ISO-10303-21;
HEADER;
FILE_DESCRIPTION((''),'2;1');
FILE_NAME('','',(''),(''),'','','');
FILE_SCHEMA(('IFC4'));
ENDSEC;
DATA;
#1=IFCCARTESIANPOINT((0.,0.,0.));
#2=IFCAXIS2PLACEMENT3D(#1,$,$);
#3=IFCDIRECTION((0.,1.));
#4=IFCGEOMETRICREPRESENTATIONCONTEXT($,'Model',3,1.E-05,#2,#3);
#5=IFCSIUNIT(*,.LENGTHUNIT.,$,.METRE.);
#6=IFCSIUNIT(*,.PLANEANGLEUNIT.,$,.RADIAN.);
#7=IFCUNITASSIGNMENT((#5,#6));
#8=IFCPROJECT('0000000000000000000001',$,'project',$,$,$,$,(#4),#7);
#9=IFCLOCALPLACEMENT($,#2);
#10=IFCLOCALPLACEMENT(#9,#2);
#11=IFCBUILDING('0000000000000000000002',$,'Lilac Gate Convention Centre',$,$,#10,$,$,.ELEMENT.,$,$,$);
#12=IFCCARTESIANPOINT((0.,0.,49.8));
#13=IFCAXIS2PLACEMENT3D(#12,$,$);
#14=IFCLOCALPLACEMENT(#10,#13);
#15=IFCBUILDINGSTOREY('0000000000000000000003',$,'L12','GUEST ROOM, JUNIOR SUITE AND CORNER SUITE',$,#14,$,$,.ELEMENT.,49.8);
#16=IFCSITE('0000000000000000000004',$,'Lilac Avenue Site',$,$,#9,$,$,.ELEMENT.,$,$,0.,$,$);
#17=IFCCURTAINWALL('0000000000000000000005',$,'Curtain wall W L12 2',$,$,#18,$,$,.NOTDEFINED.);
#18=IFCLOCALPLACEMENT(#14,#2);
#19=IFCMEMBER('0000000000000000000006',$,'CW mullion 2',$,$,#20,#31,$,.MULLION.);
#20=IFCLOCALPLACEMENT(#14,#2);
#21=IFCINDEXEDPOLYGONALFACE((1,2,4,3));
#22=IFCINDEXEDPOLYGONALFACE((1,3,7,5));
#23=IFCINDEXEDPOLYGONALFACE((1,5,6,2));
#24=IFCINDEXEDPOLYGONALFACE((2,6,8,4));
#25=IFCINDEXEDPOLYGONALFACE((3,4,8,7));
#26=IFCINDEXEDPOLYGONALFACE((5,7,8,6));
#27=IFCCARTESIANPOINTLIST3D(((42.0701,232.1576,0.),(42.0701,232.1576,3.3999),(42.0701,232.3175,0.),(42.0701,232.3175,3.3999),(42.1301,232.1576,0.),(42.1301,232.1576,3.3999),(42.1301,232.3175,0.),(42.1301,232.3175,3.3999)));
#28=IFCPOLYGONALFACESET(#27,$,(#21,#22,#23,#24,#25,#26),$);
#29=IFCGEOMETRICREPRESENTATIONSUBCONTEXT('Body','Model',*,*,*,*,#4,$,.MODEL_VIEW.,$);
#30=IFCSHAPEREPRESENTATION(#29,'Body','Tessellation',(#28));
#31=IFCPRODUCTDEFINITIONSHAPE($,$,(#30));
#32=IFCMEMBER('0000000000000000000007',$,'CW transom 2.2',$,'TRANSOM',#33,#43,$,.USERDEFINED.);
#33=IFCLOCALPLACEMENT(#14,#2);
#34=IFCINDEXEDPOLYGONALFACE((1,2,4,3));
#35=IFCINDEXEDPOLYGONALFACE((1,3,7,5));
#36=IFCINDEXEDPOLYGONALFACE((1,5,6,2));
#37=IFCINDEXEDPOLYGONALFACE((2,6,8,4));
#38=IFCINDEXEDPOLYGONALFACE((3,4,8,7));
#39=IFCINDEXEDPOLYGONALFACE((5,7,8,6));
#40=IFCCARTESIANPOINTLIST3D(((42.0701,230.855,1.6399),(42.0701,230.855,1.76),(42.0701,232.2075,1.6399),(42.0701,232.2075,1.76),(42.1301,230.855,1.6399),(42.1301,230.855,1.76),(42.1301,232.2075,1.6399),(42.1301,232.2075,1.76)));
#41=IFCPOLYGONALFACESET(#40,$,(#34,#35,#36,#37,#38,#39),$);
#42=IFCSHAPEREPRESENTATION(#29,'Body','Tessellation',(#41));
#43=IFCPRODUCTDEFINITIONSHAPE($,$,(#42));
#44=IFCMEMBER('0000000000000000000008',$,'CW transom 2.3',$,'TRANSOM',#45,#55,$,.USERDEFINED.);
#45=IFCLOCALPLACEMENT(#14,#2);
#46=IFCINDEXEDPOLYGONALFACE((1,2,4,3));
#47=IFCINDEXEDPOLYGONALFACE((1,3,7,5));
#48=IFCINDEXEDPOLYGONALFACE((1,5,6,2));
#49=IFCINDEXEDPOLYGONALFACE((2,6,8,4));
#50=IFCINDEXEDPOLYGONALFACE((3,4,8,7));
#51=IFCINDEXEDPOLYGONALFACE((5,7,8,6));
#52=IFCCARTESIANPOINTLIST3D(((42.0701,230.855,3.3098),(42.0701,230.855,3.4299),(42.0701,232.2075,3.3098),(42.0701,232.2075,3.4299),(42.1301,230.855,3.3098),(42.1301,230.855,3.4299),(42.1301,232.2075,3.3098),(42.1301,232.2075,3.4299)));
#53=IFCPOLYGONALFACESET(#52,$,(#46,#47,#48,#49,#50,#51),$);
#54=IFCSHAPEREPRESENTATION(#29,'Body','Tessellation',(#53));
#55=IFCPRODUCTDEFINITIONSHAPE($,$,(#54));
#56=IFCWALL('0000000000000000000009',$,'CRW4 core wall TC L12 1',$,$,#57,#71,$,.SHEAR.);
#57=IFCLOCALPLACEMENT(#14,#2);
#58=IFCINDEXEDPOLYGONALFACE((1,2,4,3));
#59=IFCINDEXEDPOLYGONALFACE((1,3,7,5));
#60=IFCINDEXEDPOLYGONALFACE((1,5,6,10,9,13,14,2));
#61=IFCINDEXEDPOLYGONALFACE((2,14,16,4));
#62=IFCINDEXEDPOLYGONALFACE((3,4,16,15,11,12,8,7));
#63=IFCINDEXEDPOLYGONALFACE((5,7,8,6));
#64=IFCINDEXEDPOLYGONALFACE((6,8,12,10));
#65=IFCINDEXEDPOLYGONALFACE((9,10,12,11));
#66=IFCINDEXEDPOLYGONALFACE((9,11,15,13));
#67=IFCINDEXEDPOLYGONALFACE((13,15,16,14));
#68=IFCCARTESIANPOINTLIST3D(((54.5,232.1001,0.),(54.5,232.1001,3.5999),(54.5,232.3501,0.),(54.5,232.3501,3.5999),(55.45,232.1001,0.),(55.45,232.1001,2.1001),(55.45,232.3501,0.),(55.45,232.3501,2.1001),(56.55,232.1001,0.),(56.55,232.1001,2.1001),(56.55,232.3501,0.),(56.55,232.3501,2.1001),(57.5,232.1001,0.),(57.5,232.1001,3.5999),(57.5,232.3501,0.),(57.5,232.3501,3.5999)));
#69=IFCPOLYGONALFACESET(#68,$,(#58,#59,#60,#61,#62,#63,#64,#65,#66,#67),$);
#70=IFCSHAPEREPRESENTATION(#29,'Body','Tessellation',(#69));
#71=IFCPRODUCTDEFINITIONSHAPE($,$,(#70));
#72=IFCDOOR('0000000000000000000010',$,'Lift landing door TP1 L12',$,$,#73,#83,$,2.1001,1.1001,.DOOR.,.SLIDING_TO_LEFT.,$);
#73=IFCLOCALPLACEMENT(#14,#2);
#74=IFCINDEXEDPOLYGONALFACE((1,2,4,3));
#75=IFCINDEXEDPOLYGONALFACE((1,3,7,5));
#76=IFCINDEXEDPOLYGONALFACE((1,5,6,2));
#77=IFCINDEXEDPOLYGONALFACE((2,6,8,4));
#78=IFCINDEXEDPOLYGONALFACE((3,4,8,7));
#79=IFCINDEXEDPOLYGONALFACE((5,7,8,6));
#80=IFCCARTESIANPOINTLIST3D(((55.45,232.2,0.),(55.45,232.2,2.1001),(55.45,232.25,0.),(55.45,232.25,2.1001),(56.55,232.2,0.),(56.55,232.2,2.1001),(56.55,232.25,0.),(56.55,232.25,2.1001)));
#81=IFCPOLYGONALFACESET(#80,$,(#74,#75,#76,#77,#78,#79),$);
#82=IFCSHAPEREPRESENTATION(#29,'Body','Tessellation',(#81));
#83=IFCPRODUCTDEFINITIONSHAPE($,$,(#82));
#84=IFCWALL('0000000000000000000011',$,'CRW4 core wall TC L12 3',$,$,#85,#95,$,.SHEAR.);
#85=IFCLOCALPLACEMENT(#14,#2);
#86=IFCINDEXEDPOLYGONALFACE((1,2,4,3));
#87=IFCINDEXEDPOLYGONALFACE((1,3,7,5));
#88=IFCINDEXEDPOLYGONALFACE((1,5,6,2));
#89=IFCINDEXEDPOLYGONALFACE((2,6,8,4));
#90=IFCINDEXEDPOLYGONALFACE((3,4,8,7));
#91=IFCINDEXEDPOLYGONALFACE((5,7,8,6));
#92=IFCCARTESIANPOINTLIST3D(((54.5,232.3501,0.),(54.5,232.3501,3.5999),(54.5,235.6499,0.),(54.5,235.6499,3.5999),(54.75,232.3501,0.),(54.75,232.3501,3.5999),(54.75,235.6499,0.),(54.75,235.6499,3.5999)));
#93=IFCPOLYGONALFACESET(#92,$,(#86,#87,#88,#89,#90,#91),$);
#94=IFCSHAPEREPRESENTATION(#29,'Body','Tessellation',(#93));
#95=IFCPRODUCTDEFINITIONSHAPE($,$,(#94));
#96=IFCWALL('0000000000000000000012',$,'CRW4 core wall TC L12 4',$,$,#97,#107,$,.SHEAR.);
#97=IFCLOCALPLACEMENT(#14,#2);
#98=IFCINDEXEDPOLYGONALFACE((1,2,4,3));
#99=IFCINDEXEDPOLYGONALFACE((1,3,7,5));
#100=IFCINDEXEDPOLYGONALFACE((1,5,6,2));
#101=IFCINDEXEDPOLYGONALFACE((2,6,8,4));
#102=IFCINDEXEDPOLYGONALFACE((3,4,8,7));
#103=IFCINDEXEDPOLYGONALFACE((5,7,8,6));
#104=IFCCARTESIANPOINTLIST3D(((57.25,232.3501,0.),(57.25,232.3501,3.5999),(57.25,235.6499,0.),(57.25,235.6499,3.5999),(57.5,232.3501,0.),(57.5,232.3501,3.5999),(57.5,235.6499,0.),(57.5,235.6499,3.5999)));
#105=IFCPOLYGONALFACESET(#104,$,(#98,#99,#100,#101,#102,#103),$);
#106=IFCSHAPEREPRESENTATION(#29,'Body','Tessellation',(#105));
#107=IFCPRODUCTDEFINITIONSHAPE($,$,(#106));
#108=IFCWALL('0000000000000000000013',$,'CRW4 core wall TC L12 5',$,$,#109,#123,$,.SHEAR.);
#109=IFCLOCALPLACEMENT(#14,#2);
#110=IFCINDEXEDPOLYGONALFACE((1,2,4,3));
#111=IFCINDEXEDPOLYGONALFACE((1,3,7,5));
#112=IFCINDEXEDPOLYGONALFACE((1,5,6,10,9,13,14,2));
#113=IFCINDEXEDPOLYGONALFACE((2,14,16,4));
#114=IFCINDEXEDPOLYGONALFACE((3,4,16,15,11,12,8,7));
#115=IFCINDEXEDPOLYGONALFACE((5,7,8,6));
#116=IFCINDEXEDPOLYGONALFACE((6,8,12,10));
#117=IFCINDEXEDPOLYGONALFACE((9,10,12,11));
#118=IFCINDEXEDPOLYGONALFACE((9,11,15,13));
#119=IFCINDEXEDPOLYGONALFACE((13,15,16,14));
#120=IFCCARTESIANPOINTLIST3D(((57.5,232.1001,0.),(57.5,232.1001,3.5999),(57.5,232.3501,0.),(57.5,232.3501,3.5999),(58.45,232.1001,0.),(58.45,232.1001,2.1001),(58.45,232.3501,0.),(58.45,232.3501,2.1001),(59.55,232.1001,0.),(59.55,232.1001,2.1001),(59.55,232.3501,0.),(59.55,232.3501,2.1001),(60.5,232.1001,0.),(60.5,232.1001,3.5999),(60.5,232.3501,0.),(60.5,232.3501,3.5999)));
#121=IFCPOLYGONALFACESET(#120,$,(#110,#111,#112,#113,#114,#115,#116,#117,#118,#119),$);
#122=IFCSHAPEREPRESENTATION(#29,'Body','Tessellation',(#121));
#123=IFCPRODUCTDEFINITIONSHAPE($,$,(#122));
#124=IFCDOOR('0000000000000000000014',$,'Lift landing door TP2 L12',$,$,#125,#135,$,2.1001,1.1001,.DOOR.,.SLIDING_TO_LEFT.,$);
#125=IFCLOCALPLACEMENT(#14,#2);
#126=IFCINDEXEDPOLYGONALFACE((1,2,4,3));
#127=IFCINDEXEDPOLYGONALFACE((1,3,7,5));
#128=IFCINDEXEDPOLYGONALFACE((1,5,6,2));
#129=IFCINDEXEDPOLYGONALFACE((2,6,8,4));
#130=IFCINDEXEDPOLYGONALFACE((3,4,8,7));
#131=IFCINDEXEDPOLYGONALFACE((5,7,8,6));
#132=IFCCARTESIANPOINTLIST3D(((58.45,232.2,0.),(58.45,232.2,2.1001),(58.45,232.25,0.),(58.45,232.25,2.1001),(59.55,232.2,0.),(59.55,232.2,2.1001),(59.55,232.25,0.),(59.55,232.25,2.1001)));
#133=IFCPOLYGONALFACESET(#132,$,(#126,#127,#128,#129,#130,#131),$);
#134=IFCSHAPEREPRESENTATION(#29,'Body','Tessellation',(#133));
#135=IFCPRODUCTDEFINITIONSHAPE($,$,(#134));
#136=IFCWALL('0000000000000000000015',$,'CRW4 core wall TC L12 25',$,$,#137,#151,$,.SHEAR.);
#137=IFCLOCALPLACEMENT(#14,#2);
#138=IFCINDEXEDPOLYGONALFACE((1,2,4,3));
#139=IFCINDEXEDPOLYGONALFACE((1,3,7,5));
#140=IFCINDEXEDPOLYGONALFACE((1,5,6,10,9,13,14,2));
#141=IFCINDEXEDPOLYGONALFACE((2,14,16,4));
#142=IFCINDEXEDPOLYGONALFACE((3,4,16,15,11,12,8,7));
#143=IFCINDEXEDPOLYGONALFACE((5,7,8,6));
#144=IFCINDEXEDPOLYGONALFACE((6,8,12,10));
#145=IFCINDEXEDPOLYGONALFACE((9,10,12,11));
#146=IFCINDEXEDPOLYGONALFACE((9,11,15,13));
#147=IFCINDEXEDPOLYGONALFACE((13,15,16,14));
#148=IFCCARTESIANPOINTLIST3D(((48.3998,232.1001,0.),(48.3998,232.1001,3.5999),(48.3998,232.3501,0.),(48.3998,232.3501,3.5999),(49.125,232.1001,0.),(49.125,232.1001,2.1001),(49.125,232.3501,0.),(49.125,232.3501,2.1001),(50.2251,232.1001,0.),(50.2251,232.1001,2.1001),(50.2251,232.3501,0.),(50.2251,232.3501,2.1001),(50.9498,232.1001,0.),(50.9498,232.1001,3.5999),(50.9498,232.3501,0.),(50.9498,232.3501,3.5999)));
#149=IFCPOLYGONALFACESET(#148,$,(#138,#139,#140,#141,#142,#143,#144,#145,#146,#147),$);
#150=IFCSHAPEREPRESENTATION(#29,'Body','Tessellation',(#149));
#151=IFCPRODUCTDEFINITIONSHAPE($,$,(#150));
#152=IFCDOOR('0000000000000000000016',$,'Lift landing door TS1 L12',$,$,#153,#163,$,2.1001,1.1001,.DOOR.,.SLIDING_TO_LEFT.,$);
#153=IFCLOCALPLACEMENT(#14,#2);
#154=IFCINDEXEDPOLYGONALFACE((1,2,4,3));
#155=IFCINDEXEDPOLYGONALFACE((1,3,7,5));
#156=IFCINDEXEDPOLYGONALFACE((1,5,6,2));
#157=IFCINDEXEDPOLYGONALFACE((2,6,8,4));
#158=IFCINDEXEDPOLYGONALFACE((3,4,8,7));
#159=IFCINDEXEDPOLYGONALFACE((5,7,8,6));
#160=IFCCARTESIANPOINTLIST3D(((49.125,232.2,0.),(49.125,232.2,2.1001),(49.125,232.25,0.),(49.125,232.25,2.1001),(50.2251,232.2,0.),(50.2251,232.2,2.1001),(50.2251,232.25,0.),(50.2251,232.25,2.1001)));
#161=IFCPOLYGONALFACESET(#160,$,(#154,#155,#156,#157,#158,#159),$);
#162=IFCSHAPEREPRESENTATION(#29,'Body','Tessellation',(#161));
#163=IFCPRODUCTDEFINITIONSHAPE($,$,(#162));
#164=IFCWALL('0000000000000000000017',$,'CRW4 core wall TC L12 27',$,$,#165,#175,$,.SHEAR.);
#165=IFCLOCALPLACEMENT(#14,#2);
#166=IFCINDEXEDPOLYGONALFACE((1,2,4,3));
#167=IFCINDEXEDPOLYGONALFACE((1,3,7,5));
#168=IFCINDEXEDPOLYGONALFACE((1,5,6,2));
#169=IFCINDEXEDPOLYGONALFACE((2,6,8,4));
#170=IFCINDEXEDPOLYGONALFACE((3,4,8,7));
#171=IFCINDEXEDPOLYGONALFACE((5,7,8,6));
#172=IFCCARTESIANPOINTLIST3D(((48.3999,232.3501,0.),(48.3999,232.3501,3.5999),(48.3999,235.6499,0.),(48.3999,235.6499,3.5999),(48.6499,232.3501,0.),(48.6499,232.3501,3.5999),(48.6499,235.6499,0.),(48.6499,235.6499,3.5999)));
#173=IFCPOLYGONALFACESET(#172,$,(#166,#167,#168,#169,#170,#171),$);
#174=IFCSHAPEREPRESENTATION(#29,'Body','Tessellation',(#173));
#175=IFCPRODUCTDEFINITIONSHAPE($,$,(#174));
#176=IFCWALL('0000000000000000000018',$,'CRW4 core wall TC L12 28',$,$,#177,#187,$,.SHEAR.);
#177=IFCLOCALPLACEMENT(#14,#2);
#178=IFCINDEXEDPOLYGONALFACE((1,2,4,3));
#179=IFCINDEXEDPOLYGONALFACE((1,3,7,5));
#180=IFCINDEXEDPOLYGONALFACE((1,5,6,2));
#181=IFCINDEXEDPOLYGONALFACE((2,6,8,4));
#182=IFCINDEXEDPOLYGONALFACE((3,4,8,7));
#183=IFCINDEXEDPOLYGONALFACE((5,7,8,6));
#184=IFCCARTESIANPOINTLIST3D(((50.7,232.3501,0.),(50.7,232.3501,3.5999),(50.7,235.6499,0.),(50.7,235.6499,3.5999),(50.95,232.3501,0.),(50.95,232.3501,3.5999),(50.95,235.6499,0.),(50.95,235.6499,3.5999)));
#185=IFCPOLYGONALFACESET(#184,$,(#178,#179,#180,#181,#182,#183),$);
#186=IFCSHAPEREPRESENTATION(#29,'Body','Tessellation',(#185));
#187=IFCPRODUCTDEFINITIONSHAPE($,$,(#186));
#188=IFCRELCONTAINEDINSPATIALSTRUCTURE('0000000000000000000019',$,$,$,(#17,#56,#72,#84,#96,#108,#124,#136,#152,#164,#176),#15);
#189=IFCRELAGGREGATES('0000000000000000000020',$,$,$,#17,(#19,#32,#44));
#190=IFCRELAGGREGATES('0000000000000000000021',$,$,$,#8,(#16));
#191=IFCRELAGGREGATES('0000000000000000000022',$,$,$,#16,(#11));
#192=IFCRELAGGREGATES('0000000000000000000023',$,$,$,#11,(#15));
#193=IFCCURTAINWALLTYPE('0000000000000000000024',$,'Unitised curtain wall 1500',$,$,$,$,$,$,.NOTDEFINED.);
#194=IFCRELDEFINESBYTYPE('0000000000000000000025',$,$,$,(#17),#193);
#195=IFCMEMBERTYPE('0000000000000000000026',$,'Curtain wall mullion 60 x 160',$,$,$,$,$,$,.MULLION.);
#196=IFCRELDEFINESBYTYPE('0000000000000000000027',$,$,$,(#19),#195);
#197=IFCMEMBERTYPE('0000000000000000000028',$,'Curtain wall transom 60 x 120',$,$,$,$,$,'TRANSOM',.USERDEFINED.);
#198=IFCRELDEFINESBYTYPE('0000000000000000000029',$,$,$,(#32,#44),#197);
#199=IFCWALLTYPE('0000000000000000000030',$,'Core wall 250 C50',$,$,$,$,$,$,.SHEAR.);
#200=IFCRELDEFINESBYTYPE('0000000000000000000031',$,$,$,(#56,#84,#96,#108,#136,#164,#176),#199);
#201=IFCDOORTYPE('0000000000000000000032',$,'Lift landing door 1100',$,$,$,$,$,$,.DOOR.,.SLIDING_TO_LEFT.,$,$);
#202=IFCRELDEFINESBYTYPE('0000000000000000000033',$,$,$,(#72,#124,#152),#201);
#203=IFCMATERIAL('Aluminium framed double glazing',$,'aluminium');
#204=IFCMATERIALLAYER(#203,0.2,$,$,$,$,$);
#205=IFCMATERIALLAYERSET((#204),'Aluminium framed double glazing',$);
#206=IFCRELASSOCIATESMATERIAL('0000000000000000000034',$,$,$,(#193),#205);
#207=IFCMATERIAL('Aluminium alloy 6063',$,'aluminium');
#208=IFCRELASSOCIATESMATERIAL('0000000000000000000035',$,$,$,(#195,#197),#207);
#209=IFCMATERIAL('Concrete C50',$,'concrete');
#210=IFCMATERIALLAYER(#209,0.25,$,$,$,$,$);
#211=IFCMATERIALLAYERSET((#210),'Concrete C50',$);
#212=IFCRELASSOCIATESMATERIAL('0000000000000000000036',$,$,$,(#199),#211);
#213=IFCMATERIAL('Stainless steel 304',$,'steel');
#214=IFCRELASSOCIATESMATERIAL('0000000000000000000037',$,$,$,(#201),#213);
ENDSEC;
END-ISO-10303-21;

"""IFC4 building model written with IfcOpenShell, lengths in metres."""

from ifc_helpers import new_model, si_unit, direction, frame, frame_2d, origin, origin_2d, place, context, subcontext, project, spatial, rectangle, extrude, material, layer, layer_set, material_profile, profile_set, type_object, element, fill, aggregate, save


model = new_model("IFC4")

# Units and contexts
model_context = context("Model", 3, precision=1e-05, world=origin(), true_north=direction((0.0, 1.0)))
body_context = subcontext(model_context, "Body", "Model", "MODEL_VIEW")
ifc_project = project(units=[si_unit("LENGTHUNIT", "METRE"), si_unit("PLANEANGLEUNIT", "RADIAN")], contexts=[model_context])

# Site, building, storey
site_placement = place(None, origin())
site = spatial("IfcSite", under=ifc_project, at=site_placement, Name="Lilac Avenue Site", CompositionType="ELEMENT", RefElevation=0.0)
building_placement = place(site_placement, origin())
building = spatial("IfcBuilding", under=site, at=building_placement, Name="Lilac Gate Convention Centre", CompositionType="ELEMENT")
storey_placement = place(building_placement, frame((0.0, 0.0, 49.8)))
storey = spatial("IfcBuildingStorey", under=building, at=storey_placement, Name="L12", Description="GUEST ROOM, JUNIOR SUITE AND CORNER SUITE", CompositionType="ELEMENT", Elevation=49.8)

# Curtain wall, members
ifc_material_1 = material(Name="Aluminium framed double glazing", Category="aluminium")
ifc_layer_1 = layer(ifc_material_1, 0.2)
ifc_layer_set_1 = layer_set([ifc_layer_1], Name="Aluminium framed double glazing")
curtain_wall_type = type_object("IfcCurtainWallType", Name="Unitised curtain wall 1500", PredefinedType="NOTDEFINED", material=ifc_layer_set_1)
curtain_wall_placement = place(storey_placement, origin())
curtain_wall = element("IfcCurtainWall", 1, at=curtain_wall_placement, inside=storey, type_object=curtain_wall_type, Name="Curtain wall W L12 2", PredefinedType="NOTDEFINED")
ifc_material_2 = material(Name="Aluminium alloy 6063", Category="aluminium")
ifc_material_profile_1 = material_profile(ifc_material_2, rectangle(XDim=0.0601, YDim=0.1599, at=origin_2d()), Name="Curtain wall mullion 60 x 160")
ifc_profile_set_1 = profile_set([ifc_material_profile_1], Name="Aluminium alloy 6063")
member_type_1 = type_object("IfcMemberType", Name="Curtain wall mullion 60 x 160", PredefinedType="MULLION", material=ifc_profile_set_1)
member_1_placement = place(storey_placement, frame((42.1001, 232.2375, 0.0), z_axis=(0.0, 0.0, 1.0), x_axis=(1.0, 0.0, 0.0)))
member_1 = element("IfcMember", 2, at=member_1_placement, type_object=member_type_1, Name="CW mullion 2", PredefinedType="MULLION", context=body_context, shape_type="SweptSolid", body=[
    extrude(rectangle(XDim=0.0601, YDim=0.1599, at=origin_2d()), origin(), (0.0, 0.0, 1.0), 3.3999),
])
ifc_material_profile_2 = material_profile(ifc_material_2, rectangle(XDim=0.0601, YDim=0.1201, at=origin_2d()), Name="Curtain wall transom 60 x 120")
ifc_profile_set_2 = profile_set([ifc_material_profile_2], Name="Aluminium alloy 6063")
member_type_2 = type_object("IfcMemberType", Name="Curtain wall transom 60 x 120", ElementType="TRANSOM", PredefinedType="USERDEFINED", material=ifc_profile_set_2)
member_2_placement = place(storey_placement, frame((42.1001, 232.2075, 1.7), z_axis=(0.0, -1.0, 0.0), x_axis=(1.0, 0.0, 0.0)))
member_2 = element("IfcMember", 3, at=member_2_placement, type_object=member_type_2, Name="CW transom 2.2", ObjectType="TRANSOM", PredefinedType="USERDEFINED", context=body_context, shape_type="SweptSolid", body=[
    extrude(rectangle(XDim=0.0601, YDim=0.1201, at=origin_2d()), origin(), (0.0, 0.0, 1.0), 1.3525),
])
member_3_placement = place(storey_placement, frame((42.1001, 232.2075, 3.3699), z_axis=(0.0, -1.0, 0.0), x_axis=(1.0, 0.0, 0.0)))
member_3 = element("IfcMember", 4, at=member_3_placement, type_object=member_type_2, Name="CW transom 2.3", ObjectType="TRANSOM", PredefinedType="USERDEFINED", context=body_context, shape_type="SweptSolid", body=[
    extrude(rectangle(XDim=0.0601, YDim=0.1201, at=origin_2d()), origin(), (0.0, 0.0, 1.0), 1.3525),
])
aggregate(curtain_wall, [member_1, member_2, member_3])

# Wall, opening, door
ifc_material_3 = material(Name="Concrete C50", Category="concrete")
ifc_layer_2 = layer(ifc_material_3, 0.25)
ifc_layer_set_2 = layer_set([ifc_layer_2], Name="Concrete C50")
wall_type_1 = type_object("IfcWallType", Name="Core wall 250 C50", PredefinedType="SHEAR", material=ifc_layer_set_2)
wall_1_placement = place(storey_placement, frame((54.5, 232.2251, 0.0), z_axis=(0.0, 0.0, 1.0), x_axis=(1.0, 0.0, 0.0)))
wall_1 = element("IfcWall", 5, at=wall_1_placement, inside=storey, type_object=wall_type_1, Name="CRW4 core wall TC L12 1", PredefinedType="SHEAR", context=body_context, shape_type="SweptSolid", body=[
    extrude(rectangle(XDim=3.0, YDim=0.25, at=frame_2d((1.5, 0.0))), origin(), (0.0, 0.0, 1.0), 3.5999),
])
opening_1_placement = place(wall_1_placement, frame((0.95, 0.0, 0.0)))
opening_1 = element("IfcOpeningElement", 6, at=opening_1_placement, cuts=wall_1, PredefinedType="OPENING", context=body_context, shape_type="SweptSolid", body=[
    extrude(rectangle(XDim=1.1001, YDim=2.1001, at=frame_2d((0.55, 1.05))), frame((0.0, 0.135, 0.0), z_axis=(0.0, -1.0, 0.0), x_axis=(1.0, 0.0, 0.0)), (0.0, 0.0, 1.0), 0.27),
])
ifc_material_4 = material(Name="Stainless steel 304", Category="steel")
door_type_1 = type_object("IfcDoorType", Name="Lift landing door 1100", OperationType="SLIDING_TO_LEFT", PredefinedType="DOOR", material=ifc_material_4)
door_1_placement = place(opening_1_placement, origin())
door_1 = element("IfcDoor", 7, at=door_1_placement, inside=storey, type_object=door_type_1, Name="Lift landing door TP1 L12", OperationType="SLIDING_TO_LEFT", OverallHeight=2.1001, OverallWidth=1.1001, PredefinedType="DOOR", context=body_context, shape_type="SweptSolid", body=[
    extrude(rectangle(XDim=1.1001, YDim=2.1001, at=frame_2d((0.55, 1.05))), frame((0.0, 0.0249, 0.0), z_axis=(0.0, -1.0, 0.0), x_axis=(1.0, 0.0, 0.0)), (0.0, 0.0, 1.0), 0.05),
])
fill(opening_1, door_1)

# Walls
for number, where, z_axis, x_axis, name in (
    (8, (54.625, 232.3501, 0.0), (0.0, 0.0, 1.0), (0.0, 1.0, 0.0), "CRW4 core wall TC L12 3"),
    (9, (57.375, 232.3501, 0.0), (0.0, 0.0, 1.0), (0.0, 1.0, 0.0), "CRW4 core wall TC L12 4"),
):
    element("IfcWall", number, at=place(storey_placement, frame(where, z_axis=z_axis, x_axis=x_axis)), inside=storey, type_object=wall_type_1, Name=name, PredefinedType="SHEAR", context=body_context, shape_type="SweptSolid", body=[
        extrude(rectangle(XDim=3.2998, YDim=0.25, at=frame_2d((1.6499, 0.0))), origin(), (0.0, 0.0, 1.0), 3.5999),
    ])

# Walls, openings, doors
wall_2_placement = place(storey_placement, frame((57.5, 232.2251, 0.0), z_axis=(0.0, 0.0, 1.0), x_axis=(1.0, 0.0, 0.0)))
wall_2 = element("IfcWall", 10, at=wall_2_placement, inside=storey, type_object=wall_type_1, Name="CRW4 core wall TC L12 5", PredefinedType="SHEAR", context=body_context, shape_type="SweptSolid", body=[
    extrude(rectangle(XDim=3.0, YDim=0.25, at=frame_2d((1.5, 0.0))), origin(), (0.0, 0.0, 1.0), 3.5999),
])
opening_2_placement = place(wall_2_placement, frame((0.95, 0.0, 0.0)))
opening_2 = element("IfcOpeningElement", 11, at=opening_2_placement, cuts=wall_2, PredefinedType="OPENING", context=body_context, shape_type="SweptSolid", body=[
    extrude(rectangle(XDim=1.1001, YDim=2.1001, at=frame_2d((0.55, 1.05))), frame((0.0, 0.135, 0.0), z_axis=(0.0, -1.0, 0.0), x_axis=(1.0, 0.0, 0.0)), (0.0, 0.0, 1.0), 0.27),
])
door_2_placement = place(opening_2_placement, origin())
door_2 = element("IfcDoor", 12, at=door_2_placement, inside=storey, type_object=door_type_1, Name="Lift landing door TP2 L12", OperationType="SLIDING_TO_LEFT", OverallHeight=2.1001, OverallWidth=1.1001, PredefinedType="DOOR", context=body_context, shape_type="SweptSolid", body=[
    extrude(rectangle(XDim=1.1001, YDim=2.1001, at=frame_2d((0.55, 1.05))), frame((0.0, 0.0249, 0.0), z_axis=(0.0, -1.0, 0.0), x_axis=(1.0, 0.0, 0.0)), (0.0, 0.0, 1.0), 0.05),
])
fill(opening_2, door_2)
wall_3_placement = place(storey_placement, frame((48.3999, 232.2251, 0.0), z_axis=(0.0, 0.0, 1.0), x_axis=(1.0, 0.0, 0.0)))
wall_3 = element("IfcWall", 13, at=wall_3_placement, inside=storey, type_object=wall_type_1, Name="CRW4 core wall TC L12 25", PredefinedType="SHEAR", context=body_context, shape_type="SweptSolid", body=[
    extrude(rectangle(XDim=2.55, YDim=0.25, at=frame_2d((1.2749, 0.0))), origin(), (0.0, 0.0, 1.0), 3.5999),
])
opening_3_placement = place(wall_3_placement, frame((0.7251, 0.0, 0.0)))
opening_3 = element("IfcOpeningElement", 14, at=opening_3_placement, cuts=wall_3, PredefinedType="OPENING", context=body_context, shape_type="SweptSolid", body=[
    extrude(rectangle(XDim=1.1001, YDim=2.1001, at=frame_2d((0.55, 1.05))), frame((0.0, 0.135, 0.0), z_axis=(0.0, -1.0, 0.0), x_axis=(1.0, 0.0, 0.0)), (0.0, 0.0, 1.0), 0.27),
])
door_3_placement = place(opening_3_placement, origin())
door_3 = element("IfcDoor", 15, at=door_3_placement, inside=storey, type_object=door_type_1, Name="Lift landing door TS1 L12", OperationType="SLIDING_TO_LEFT", OverallHeight=2.1001, OverallWidth=1.1001, PredefinedType="DOOR", context=body_context, shape_type="SweptSolid", body=[
    extrude(rectangle(XDim=1.1001, YDim=2.1001, at=frame_2d((0.55, 1.05))), frame((0.0, 0.0249, 0.0), z_axis=(0.0, -1.0, 0.0), x_axis=(1.0, 0.0, 0.0)), (0.0, 0.0, 1.0), 0.05),
])
fill(opening_3, door_3)

# Walls
for number, where, z_axis, x_axis, name in (
    (16, (48.5249, 232.3501, 0.0), (0.0, 0.0, 1.0), (0.0, 1.0, 0.0), "CRW4 core wall TC L12 27"),
    (17, (50.825, 232.3501, 0.0), (0.0, 0.0, 1.0), (0.0, 1.0, 0.0), "CRW4 core wall TC L12 28"),
):
    element("IfcWall", number, at=place(storey_placement, frame(where, z_axis=z_axis, x_axis=x_axis)), inside=storey, type_object=wall_type_1, Name=name, PredefinedType="SHEAR", context=body_context, shape_type="SweptSolid", body=[
        extrude(rectangle(XDim=3.2998, YDim=0.25, at=frame_2d((1.6499, 0.0))), origin(), (0.0, 0.0, 1.0), 3.5999),
    ])

save(model, "model.ifc")
